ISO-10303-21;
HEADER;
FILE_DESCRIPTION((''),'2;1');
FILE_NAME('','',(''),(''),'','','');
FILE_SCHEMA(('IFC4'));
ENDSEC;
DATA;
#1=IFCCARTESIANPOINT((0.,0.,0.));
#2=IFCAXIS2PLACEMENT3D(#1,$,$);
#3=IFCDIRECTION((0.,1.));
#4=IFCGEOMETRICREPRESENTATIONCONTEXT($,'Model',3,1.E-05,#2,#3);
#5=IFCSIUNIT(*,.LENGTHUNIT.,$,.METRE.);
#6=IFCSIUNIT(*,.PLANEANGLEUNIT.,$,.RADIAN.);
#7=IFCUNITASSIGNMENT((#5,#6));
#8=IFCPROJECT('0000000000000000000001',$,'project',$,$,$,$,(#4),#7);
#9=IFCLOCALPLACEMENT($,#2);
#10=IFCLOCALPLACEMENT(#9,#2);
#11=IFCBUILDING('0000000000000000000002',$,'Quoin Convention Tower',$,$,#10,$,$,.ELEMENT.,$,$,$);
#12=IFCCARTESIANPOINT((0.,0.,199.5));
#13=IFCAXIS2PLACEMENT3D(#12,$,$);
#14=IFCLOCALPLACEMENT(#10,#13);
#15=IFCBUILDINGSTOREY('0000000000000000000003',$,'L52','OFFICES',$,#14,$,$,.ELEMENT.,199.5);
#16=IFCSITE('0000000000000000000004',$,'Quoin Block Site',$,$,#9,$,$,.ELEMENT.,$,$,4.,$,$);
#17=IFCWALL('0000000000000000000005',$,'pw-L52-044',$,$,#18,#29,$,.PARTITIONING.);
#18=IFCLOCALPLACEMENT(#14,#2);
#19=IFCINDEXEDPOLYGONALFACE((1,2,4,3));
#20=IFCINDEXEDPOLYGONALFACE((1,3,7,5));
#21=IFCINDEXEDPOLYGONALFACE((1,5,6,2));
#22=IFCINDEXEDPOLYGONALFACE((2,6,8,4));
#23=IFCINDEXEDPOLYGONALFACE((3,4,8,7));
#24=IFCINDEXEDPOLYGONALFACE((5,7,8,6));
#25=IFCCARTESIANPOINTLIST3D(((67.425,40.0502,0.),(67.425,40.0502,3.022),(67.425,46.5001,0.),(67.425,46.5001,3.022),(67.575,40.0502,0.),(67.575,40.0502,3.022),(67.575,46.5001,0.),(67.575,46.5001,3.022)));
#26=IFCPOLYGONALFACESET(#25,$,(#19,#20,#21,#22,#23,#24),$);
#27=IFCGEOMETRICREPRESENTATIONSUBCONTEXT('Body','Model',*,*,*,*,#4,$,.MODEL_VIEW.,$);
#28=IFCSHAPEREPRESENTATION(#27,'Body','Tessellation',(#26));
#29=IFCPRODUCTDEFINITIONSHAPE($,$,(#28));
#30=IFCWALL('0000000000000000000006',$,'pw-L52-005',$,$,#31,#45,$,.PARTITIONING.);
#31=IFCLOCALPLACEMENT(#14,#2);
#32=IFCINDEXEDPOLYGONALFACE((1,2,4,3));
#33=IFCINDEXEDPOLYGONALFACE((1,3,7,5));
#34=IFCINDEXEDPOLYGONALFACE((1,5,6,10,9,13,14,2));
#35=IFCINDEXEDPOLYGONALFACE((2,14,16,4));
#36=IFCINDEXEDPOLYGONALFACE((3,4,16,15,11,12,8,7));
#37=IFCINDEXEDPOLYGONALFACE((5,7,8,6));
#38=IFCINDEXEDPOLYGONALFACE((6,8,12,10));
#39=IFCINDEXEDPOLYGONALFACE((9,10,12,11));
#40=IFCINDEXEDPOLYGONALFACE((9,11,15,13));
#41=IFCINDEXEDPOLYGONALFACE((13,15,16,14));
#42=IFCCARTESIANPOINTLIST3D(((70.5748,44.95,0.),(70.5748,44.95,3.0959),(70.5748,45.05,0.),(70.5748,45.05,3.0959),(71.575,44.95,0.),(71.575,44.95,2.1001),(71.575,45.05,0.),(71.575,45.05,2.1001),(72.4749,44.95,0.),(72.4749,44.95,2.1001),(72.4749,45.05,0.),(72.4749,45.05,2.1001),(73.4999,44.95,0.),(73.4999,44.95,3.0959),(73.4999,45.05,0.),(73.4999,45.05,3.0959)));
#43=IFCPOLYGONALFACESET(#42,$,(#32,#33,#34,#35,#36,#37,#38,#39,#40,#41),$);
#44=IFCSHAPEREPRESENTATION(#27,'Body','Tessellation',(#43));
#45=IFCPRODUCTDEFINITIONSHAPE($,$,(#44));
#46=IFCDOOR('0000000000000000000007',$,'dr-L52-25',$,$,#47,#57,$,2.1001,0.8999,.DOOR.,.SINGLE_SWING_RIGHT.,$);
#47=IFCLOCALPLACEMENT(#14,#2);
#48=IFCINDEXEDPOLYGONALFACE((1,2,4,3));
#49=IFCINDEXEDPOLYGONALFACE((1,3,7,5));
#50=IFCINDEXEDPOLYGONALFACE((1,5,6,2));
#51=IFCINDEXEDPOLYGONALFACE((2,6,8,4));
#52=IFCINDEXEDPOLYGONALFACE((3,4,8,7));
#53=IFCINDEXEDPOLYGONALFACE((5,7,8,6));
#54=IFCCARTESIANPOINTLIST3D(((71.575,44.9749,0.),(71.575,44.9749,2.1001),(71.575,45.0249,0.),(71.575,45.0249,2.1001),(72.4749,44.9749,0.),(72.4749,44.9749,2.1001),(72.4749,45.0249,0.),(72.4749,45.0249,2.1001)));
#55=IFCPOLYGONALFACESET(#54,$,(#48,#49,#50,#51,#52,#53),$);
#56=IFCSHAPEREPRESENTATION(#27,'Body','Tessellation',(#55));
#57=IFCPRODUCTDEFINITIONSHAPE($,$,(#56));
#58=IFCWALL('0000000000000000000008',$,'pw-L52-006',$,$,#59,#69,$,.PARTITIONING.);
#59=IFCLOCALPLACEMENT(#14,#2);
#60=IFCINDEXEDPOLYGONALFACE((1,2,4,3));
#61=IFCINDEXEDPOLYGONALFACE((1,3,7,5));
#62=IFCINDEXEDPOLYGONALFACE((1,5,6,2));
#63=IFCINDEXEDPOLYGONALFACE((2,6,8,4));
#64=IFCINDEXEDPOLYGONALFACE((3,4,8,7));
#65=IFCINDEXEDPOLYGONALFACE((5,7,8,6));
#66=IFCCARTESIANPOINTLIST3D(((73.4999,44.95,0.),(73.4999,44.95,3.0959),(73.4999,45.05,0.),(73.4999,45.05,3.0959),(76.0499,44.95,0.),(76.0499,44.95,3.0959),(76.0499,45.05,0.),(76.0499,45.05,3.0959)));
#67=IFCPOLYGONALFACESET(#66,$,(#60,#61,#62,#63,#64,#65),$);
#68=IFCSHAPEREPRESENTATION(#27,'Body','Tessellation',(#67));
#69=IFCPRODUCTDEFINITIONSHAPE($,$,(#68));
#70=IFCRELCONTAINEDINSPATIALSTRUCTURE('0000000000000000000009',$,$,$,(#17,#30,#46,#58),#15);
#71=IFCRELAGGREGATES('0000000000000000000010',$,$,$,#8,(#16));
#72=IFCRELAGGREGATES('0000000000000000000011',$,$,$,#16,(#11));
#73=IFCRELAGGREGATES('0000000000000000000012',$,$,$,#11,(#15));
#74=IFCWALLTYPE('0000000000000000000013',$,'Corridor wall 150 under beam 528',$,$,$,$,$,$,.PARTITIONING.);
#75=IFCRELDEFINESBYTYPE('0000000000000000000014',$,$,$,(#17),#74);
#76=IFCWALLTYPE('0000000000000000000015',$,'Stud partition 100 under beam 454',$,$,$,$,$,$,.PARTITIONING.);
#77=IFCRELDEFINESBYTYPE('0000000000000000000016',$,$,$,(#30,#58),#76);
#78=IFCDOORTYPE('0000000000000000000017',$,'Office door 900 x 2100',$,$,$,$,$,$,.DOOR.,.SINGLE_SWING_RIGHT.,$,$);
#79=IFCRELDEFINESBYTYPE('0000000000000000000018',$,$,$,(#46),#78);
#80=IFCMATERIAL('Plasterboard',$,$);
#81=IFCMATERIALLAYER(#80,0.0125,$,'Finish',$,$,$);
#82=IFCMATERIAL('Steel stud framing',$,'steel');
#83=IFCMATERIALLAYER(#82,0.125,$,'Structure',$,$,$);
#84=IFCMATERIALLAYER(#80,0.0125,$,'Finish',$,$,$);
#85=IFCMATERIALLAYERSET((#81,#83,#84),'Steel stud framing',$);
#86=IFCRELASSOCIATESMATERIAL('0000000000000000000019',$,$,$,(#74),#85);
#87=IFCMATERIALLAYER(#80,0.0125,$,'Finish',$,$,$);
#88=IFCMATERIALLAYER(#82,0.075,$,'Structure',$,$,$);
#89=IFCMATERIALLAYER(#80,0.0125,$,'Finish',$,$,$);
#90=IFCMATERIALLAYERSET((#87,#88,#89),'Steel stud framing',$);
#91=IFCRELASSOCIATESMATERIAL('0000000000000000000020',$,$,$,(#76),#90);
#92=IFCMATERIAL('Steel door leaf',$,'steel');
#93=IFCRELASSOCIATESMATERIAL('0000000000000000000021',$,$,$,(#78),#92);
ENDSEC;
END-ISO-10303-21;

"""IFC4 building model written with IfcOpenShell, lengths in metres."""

from ifc_helpers import new_model, si_unit, direction, frame, frame_2d, origin, place, context, subcontext, project, spatial, rectangle, extrude, material, layer, layer_set, type_object, element, fill, save


model = new_model("IFC4")

# Units and contexts
model_context = context("Model", 3, precision=1e-05, world=origin(), true_north=direction((0.0, 1.0)))
body_context = subcontext(model_context, "Body", "Model", "MODEL_VIEW")
ifc_project = project(units=[si_unit("LENGTHUNIT", "METRE"), si_unit("PLANEANGLEUNIT", "RADIAN")], contexts=[model_context])

# Site, building, storey
site_placement = place(None, origin())
site = spatial("IfcSite", under=ifc_project, at=site_placement, Name="Quoin Block Site", CompositionType="ELEMENT", RefElevation=4.0)
building_placement = place(site_placement, origin())
building = spatial("IfcBuilding", under=site, at=building_placement, Name="Quoin Convention Tower", CompositionType="ELEMENT")
storey_placement = place(building_placement, frame((0.0, 0.0, 199.5)))
storey = spatial("IfcBuildingStorey", under=building, at=storey_placement, Name="L52", Description="OFFICES", CompositionType="ELEMENT", Elevation=199.5)

# Shared definitions
ifc_material_1 = material(Name="Plasterboard")
ifc_material_2 = material(Name="Steel stud framing", Category="steel")

# Shared definitions
ifc_material_3 = material(Name="Steel door leaf", Category="steel")

# Wall
ifc_layer_1 = layer(ifc_material_1, 0.0125, Name="Finish")
ifc_layer_2 = layer(ifc_material_2, 0.125, Name="Structure")
ifc_layer_3 = layer(ifc_material_1, 0.0125, Name="Finish")
ifc_layer_set_1 = layer_set([ifc_layer_1, ifc_layer_2, ifc_layer_3], Name="Steel stud framing")
wall_type_1 = type_object("IfcWallType", Name="Corridor wall 150 under beam 528", PredefinedType="PARTITIONING", material=ifc_layer_set_1)
wall_1_placement = place(storey_placement, frame((67.5, 40.05, 0.0), z_axis=(0.0, 0.0, 1.0), x_axis=(0.0, 1.0, 0.0)))
element("IfcWall", 1, at=wall_1_placement, inside=storey, type_object=wall_type_1, Name="pw-L52-044", PredefinedType="PARTITIONING", context=body_context, shape_type="SweptSolid", body=[
    extrude(rectangle(XDim=6.45, YDim=0.1499, at=frame_2d((3.2251, 0.0))), origin(), (0.0, 0.0, 1.0), 3.022),
])

# Wall, opening, door
ifc_layer_4 = layer(ifc_material_1, 0.0125, Name="Finish")
ifc_layer_5 = layer(ifc_material_2, 0.075, Name="Structure")
ifc_layer_6 = layer(ifc_material_1, 0.0125, Name="Finish")
ifc_layer_set_2 = layer_set([ifc_layer_4, ifc_layer_5, ifc_layer_6], Name="Steel stud framing")
wall_type_2 = type_object("IfcWallType", Name="Stud partition 100 under beam 454", PredefinedType="PARTITIONING", material=ifc_layer_set_2)
wall_2_placement = place(storey_placement, frame((70.575, 45.0, 0.0), z_axis=(0.0, 0.0, 1.0), x_axis=(1.0, 0.0, 0.0)))
wall_2 = element("IfcWall", 2, at=wall_2_placement, inside=storey, type_object=wall_type_2, Name="pw-L52-005", PredefinedType="PARTITIONING", context=body_context, shape_type="SweptSolid", body=[
    extrude(rectangle(XDim=2.925, YDim=0.1001, at=frame_2d((1.4624, 0.0))), origin(), (0.0, 0.0, 1.0), 3.0959),
])
opening_1_placement = place(wall_2_placement, frame((1.0, 0.0, 0.0)))
opening_1 = element("IfcOpeningElement", 3, at=opening_1_placement, cuts=wall_2, PredefinedType="OPENING", context=body_context, shape_type="SweptSolid", body=[
    extrude(rectangle(XDim=0.8999, YDim=2.1001, at=frame_2d((0.45, 1.05))), frame((0.0, 0.0601, 0.0), z_axis=(0.0, -1.0, 0.0), x_axis=(1.0, 0.0, 0.0)), (0.0, 0.0, 1.0), 0.1201),
])
door_type_1 = type_object("IfcDoorType", Name="Office door 900 x 2100", OperationType="SINGLE_SWING_RIGHT", PredefinedType="DOOR", material=ifc_material_3)
door_1_placement = place(opening_1_placement, origin())
door_1 = element("IfcDoor", 4, at=door_1_placement, inside=storey, type_object=door_type_1, Name="dr-L52-25", OperationType="SINGLE_SWING_RIGHT", OverallHeight=2.1001, OverallWidth=0.8999, PredefinedType="DOOR", context=body_context, shape_type="SweptSolid", body=[
    extrude(rectangle(XDim=0.8999, YDim=2.1001, at=frame_2d((0.45, 1.05))), frame((0.0, 0.0249, 0.0), z_axis=(0.0, -1.0, 0.0), x_axis=(1.0, 0.0, 0.0)), (0.0, 0.0, 1.0), 0.05),
])
fill(opening_1, door_1)

# Wall
wall_3_placement = place(storey_placement, frame((73.5, 45.0, 0.0), z_axis=(0.0, 0.0, 1.0), x_axis=(1.0, 0.0, 0.0)))
element("IfcWall", 5, at=wall_3_placement, inside=storey, type_object=wall_type_2, Name="pw-L52-006", PredefinedType="PARTITIONING", context=body_context, shape_type="SweptSolid", body=[
    extrude(rectangle(XDim=2.55, YDim=0.1001, at=frame_2d((1.2749, 0.0))), origin(), (0.0, 0.0, 1.0), 3.0959),
])

save(model, "model.ifc")
